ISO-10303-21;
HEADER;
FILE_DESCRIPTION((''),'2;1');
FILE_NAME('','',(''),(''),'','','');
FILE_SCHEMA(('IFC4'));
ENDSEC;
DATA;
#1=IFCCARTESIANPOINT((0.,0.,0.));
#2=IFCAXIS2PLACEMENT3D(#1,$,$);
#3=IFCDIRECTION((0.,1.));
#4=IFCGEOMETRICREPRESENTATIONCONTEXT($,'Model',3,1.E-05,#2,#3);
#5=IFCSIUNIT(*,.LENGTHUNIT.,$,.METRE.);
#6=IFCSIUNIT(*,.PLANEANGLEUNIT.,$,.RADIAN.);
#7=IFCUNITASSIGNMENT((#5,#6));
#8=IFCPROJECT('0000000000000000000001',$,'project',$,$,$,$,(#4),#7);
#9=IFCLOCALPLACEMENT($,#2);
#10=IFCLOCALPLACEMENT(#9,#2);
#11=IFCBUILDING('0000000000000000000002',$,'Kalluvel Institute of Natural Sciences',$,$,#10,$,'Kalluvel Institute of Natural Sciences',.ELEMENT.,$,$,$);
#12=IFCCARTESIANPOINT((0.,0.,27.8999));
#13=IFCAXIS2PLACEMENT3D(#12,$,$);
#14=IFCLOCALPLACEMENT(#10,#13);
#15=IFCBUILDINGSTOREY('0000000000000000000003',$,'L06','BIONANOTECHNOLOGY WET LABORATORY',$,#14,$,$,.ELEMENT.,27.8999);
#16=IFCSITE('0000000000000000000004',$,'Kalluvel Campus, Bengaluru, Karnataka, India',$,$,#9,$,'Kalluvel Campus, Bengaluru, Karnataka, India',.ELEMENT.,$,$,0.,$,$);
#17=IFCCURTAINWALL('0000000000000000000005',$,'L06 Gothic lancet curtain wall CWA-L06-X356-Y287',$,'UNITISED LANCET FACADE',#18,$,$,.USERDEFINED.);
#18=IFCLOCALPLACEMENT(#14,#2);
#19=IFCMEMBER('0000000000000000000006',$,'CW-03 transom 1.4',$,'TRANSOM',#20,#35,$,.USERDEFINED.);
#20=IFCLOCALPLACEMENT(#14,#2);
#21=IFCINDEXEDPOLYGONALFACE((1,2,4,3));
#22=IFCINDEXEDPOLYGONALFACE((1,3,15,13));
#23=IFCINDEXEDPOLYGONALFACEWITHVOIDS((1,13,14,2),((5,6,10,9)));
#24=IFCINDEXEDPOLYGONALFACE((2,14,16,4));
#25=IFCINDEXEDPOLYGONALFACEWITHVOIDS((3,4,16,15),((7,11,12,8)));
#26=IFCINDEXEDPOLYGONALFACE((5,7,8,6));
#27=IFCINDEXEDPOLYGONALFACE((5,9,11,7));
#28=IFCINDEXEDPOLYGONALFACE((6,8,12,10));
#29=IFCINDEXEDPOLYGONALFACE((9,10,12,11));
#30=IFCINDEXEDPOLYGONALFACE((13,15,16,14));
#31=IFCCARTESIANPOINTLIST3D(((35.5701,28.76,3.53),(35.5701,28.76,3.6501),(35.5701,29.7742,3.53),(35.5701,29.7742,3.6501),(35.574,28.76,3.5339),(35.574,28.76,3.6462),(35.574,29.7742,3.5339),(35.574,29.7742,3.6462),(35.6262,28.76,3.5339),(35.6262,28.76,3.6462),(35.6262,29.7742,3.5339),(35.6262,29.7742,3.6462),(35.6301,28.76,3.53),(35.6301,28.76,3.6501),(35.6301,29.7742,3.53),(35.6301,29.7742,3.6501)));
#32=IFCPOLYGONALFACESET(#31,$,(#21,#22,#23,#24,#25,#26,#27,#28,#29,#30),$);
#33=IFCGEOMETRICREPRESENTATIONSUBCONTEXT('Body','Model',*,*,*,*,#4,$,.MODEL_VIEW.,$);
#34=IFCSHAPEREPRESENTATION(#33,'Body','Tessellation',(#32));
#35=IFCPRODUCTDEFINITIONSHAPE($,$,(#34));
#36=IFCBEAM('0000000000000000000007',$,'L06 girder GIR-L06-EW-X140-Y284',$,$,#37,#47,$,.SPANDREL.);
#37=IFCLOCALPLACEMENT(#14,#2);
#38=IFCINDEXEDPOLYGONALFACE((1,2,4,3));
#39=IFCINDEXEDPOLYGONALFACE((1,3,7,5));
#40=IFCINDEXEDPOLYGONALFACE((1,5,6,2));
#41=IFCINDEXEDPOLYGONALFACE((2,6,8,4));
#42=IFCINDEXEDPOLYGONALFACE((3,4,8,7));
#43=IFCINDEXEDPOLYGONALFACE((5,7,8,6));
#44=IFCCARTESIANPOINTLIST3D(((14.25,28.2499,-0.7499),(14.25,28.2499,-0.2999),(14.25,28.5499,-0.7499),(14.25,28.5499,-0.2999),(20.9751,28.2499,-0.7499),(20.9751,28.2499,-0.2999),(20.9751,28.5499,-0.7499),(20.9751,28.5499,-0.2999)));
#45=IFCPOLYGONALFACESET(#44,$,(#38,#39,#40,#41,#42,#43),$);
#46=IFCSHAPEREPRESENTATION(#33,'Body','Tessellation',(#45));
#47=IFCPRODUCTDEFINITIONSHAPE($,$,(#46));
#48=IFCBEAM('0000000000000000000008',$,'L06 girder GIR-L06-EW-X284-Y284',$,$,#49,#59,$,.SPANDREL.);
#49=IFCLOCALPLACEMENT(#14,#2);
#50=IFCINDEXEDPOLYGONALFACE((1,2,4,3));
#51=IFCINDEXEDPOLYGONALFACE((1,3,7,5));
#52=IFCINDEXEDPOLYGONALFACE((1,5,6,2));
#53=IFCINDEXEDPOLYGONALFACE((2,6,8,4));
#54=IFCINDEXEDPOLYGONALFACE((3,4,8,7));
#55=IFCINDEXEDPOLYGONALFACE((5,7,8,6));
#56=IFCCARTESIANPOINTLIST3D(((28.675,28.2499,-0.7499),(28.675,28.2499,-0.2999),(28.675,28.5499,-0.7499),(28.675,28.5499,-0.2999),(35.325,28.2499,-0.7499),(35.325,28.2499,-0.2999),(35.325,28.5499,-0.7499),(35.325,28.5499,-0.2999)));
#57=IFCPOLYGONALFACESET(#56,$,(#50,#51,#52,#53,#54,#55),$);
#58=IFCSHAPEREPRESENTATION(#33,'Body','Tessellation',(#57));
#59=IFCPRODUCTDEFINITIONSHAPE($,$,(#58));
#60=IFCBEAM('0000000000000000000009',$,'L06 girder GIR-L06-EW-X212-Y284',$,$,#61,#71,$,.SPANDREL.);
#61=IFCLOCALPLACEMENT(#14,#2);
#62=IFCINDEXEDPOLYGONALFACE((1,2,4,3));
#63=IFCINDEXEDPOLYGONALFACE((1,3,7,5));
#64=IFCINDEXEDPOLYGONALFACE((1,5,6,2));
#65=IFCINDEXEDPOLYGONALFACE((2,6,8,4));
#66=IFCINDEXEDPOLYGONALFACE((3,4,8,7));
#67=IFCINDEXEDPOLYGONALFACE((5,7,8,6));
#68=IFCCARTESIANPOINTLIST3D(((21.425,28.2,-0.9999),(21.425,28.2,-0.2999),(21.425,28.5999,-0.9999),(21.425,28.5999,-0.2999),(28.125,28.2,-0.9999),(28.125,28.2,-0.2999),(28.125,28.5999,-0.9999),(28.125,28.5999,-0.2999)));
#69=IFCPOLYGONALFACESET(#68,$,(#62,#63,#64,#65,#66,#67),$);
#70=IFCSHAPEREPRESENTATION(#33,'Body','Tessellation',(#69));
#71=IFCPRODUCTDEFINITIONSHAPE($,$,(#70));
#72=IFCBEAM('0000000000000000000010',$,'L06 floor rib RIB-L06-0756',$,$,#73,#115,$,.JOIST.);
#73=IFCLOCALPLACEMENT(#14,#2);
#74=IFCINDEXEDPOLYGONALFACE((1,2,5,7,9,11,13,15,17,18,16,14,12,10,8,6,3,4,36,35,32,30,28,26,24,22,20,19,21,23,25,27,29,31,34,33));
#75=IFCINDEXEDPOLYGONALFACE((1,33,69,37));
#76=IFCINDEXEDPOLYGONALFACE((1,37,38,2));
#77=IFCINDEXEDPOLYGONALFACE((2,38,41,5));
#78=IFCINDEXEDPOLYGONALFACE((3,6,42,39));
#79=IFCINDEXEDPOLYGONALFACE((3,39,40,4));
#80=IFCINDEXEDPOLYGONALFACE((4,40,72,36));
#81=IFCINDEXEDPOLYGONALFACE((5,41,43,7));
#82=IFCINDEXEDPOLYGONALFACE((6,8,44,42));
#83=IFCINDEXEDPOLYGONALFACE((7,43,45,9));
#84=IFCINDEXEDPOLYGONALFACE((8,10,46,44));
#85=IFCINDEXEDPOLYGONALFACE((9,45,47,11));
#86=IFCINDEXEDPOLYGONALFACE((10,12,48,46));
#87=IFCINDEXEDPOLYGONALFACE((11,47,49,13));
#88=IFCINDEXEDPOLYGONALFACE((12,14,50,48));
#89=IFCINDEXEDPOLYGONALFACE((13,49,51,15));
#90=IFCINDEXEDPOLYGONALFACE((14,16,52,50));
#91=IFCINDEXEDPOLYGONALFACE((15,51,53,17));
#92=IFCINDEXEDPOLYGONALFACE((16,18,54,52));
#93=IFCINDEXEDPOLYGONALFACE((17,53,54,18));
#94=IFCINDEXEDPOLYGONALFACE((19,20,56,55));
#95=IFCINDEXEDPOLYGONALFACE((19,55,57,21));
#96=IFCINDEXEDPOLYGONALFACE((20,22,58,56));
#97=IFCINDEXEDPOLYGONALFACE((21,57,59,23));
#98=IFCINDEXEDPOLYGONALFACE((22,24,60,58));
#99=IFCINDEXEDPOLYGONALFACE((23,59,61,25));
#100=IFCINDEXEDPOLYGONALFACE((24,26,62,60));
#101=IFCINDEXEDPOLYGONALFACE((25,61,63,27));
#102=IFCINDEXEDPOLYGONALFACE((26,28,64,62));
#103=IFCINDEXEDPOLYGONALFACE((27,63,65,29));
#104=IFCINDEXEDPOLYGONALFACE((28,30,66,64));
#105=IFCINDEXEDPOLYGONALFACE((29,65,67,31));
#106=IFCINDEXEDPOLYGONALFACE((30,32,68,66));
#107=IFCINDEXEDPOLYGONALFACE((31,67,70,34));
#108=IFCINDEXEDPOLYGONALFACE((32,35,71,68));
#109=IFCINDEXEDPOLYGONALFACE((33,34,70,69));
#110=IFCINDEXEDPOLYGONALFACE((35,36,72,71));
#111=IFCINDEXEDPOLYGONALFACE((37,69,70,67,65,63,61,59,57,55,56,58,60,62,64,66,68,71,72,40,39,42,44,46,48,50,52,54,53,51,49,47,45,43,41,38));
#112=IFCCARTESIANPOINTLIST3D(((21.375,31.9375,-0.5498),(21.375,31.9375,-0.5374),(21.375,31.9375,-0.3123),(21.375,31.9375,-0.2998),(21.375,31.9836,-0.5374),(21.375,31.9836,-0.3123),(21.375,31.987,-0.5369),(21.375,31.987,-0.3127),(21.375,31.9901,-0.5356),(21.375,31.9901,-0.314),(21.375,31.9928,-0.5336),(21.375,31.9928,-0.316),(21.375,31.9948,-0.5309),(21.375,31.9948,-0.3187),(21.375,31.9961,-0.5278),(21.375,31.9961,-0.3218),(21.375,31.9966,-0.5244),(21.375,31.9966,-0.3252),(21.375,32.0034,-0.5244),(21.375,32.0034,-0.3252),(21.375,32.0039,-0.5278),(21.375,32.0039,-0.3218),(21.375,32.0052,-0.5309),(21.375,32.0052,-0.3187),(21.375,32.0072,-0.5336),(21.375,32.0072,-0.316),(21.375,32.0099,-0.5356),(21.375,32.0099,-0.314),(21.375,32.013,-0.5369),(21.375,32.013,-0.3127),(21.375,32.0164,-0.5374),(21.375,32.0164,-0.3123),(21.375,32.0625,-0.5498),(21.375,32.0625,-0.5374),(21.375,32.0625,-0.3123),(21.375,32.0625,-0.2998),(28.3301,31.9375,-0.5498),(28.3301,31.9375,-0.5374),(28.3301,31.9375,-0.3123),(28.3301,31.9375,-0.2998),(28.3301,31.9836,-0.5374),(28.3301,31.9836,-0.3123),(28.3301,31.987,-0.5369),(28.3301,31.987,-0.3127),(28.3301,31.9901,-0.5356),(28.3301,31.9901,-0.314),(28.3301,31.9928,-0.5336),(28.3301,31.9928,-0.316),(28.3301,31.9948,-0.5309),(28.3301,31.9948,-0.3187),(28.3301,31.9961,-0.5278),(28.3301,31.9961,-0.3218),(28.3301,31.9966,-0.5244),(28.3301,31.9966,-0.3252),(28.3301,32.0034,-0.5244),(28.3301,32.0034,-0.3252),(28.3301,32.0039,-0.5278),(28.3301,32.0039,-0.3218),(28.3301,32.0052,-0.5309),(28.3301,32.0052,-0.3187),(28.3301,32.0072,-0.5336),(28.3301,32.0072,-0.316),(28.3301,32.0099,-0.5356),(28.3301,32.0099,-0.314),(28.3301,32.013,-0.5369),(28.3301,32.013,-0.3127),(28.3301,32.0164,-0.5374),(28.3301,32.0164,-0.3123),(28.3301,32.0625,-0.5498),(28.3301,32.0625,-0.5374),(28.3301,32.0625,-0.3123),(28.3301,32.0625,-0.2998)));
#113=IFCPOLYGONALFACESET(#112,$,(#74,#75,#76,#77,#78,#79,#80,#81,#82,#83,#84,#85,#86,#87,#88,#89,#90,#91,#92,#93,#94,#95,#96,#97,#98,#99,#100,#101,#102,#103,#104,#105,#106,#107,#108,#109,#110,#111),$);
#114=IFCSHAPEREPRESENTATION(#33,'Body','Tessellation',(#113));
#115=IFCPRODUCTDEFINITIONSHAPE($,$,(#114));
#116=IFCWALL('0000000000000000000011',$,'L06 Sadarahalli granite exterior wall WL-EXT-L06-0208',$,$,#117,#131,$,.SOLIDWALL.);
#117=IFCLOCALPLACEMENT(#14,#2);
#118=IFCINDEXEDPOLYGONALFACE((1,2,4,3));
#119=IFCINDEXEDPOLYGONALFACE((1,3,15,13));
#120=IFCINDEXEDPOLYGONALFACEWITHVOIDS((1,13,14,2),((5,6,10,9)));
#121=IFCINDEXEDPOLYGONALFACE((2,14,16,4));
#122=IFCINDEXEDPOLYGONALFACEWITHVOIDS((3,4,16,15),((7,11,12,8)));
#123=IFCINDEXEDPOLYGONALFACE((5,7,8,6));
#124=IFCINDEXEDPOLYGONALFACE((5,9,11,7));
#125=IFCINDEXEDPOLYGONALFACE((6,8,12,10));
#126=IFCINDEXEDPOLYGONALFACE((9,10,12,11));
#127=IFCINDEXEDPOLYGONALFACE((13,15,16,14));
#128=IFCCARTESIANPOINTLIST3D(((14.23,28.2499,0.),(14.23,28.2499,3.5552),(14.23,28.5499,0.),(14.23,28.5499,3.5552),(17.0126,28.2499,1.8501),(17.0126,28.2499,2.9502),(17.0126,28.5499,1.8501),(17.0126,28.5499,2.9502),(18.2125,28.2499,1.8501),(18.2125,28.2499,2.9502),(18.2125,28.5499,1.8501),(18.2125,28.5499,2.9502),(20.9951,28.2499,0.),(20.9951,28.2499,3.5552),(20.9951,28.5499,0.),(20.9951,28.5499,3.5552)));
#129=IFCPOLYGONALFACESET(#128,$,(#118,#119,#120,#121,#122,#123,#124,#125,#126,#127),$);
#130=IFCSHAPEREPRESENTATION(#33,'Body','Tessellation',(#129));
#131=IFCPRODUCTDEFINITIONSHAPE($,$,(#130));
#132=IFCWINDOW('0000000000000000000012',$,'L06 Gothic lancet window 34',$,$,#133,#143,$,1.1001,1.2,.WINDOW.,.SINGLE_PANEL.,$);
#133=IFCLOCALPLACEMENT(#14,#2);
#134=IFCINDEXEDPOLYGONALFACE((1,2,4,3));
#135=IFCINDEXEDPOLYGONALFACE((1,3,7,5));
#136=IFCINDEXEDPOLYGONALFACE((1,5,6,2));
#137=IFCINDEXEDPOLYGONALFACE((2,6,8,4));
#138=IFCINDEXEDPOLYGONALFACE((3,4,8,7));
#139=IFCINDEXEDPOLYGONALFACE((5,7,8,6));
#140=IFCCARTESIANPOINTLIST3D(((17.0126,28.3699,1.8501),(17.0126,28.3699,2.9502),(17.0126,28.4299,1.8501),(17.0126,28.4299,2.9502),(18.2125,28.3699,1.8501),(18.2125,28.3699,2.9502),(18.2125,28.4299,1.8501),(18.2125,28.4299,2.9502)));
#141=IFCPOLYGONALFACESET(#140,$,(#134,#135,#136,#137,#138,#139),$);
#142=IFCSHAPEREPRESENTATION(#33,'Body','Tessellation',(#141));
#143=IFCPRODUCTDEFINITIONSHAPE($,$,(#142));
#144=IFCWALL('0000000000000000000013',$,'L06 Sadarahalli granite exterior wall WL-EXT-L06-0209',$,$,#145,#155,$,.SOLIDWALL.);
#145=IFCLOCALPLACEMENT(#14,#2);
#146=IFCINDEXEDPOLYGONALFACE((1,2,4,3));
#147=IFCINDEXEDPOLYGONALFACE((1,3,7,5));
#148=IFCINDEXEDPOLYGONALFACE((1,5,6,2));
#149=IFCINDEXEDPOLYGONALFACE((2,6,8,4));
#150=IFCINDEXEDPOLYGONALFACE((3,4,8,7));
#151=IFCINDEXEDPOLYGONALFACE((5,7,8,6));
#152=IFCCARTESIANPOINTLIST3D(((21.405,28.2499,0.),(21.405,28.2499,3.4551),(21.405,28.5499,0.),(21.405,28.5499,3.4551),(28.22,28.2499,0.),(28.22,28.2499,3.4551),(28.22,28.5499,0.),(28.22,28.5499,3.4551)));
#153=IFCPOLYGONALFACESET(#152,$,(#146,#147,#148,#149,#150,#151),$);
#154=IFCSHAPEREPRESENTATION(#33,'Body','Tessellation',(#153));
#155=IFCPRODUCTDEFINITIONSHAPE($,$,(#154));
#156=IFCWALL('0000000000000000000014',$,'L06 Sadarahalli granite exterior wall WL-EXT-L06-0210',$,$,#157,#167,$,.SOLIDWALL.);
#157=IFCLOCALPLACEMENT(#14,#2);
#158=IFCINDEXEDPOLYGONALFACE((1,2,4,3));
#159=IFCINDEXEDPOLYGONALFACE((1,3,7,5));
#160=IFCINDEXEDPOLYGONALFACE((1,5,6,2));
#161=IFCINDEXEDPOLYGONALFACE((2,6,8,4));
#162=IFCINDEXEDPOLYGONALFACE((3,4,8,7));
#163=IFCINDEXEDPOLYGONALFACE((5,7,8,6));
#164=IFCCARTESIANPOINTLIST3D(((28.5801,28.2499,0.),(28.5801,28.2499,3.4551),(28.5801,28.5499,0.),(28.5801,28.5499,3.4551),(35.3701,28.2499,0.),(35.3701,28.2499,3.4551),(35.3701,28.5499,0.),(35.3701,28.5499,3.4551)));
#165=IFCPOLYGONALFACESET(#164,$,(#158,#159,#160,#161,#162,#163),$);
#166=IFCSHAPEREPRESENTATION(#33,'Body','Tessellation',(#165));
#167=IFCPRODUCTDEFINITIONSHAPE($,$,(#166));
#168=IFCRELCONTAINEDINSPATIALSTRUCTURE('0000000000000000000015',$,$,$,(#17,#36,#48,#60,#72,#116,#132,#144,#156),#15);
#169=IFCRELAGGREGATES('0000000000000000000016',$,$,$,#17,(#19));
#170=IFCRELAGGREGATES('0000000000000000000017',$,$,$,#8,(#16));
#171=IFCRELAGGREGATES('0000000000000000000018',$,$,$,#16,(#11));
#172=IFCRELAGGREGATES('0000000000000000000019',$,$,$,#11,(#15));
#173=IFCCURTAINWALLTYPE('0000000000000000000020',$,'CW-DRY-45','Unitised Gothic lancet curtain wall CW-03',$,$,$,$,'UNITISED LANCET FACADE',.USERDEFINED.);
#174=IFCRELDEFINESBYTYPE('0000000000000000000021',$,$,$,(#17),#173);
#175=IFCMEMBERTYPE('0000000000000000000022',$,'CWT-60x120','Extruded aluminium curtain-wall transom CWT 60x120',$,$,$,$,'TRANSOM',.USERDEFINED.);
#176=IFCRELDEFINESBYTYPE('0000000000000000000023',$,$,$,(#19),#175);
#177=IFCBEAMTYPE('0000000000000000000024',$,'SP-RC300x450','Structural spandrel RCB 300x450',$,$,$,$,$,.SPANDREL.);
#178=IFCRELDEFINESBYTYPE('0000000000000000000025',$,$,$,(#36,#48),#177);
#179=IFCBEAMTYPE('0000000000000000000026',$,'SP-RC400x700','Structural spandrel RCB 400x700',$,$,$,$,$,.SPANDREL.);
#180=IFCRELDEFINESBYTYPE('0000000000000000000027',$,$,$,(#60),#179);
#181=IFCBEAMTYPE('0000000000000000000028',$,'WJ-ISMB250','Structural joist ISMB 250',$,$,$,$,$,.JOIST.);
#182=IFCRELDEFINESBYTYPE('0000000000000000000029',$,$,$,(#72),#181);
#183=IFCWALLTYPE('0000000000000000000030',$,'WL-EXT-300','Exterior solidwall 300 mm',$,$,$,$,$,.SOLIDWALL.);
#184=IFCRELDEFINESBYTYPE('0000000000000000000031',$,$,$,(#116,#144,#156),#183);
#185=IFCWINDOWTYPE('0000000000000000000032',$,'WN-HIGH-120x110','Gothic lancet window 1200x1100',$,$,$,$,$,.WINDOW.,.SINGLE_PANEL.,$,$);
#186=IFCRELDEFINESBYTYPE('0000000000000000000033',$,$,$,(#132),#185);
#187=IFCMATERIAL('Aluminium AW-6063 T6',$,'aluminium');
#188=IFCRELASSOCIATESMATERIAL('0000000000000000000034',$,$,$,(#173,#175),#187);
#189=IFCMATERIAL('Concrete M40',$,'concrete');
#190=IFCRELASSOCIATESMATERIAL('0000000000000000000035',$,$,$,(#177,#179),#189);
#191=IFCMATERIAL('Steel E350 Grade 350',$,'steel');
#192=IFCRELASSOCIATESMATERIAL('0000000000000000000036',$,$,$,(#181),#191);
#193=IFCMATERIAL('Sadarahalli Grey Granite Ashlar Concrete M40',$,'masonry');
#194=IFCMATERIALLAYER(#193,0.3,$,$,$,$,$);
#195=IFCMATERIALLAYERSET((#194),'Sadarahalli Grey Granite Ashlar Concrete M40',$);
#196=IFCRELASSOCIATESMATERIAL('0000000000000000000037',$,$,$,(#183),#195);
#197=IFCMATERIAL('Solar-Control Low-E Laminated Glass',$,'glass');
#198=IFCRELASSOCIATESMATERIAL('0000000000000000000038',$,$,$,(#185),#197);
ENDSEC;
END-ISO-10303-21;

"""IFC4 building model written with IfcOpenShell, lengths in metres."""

from ifc_helpers import new_model, si_unit, direction, frame, frame_2d, origin, origin_2d, place, context, subcontext, project, spatial, rectangle, hollow_rectangle, i_section, extrude, material, layer, layer_set, material_profile, profile_set, type_object, element, fill, aggregate, save


model = new_model("IFC4")

# Units and contexts
model_context = context("Model", 3, precision=1e-05, world=origin(), true_north=direction((0.0, 1.0)))
body_context = subcontext(model_context, "Body", "Model", "MODEL_VIEW")
ifc_project = project(units=[si_unit("LENGTHUNIT", "METRE"), si_unit("PLANEANGLEUNIT", "RADIAN")], contexts=[model_context])

# Site, building, storey
site_placement = place(None, origin())
site = spatial("IfcSite", under=ifc_project, at=site_placement, Name="Kalluvel Campus, Bengaluru, Karnataka, India", LongName="Kalluvel Campus, Bengaluru, Karnataka, India", CompositionType="ELEMENT", RefElevation=0.0)
building_placement = place(site_placement, origin())
building = spatial("IfcBuilding", under=site, at=building_placement, Name="Kalluvel Institute of Natural Sciences", LongName="Kalluvel Institute of Natural Sciences", CompositionType="ELEMENT")
storey_placement = place(building_placement, frame((0.0, 0.0, 27.8999)))
storey = spatial("IfcBuildingStorey", under=building, at=storey_placement, Name="L06", Description="BIONANOTECHNOLOGY WET LABORATORY", CompositionType="ELEMENT", Elevation=27.8999)

# Shared definitions
ifc_material_1 = material(Name="Concrete M40", Category="concrete")

# Shared definitions
ifc_material_2 = material(Name="Steel E350 Grade 350", Category="steel")

# Curtain wall, member
ifc_material_3 = material(Name="Aluminium AW-6063 T6", Category="aluminium")
curtain_wall_type = type_object("IfcCurtainWallType", Name="CW-DRY-45", Description="Unitised Gothic lancet curtain wall CW-03", ElementType="UNITISED LANCET FACADE", PredefinedType="USERDEFINED", material=ifc_material_3)
curtain_wall_placement = place(storey_placement, origin())
curtain_wall = element("IfcCurtainWall", 1, at=curtain_wall_placement, inside=storey, type_object=curtain_wall_type, Name="L06 Gothic lancet curtain wall CWA-L06-X356-Y287", ObjectType="UNITISED LANCET FACADE", PredefinedType="USERDEFINED")
ifc_material_profile_1 = material_profile(ifc_material_3, hollow_rectangle(XDim=0.0601, YDim=0.1201, WallThickness=0.0039, at=origin_2d()), Name="CWT 60x120")
ifc_profile_set_1 = profile_set([ifc_material_profile_1], Name="Aluminium AW-6063 T6")
member_type_1 = type_object("IfcMemberType", Name="CWT-60x120", Description="Extruded aluminium curtain-wall transom CWT 60x120", ElementType="TRANSOM", PredefinedType="USERDEFINED", material=ifc_profile_set_1)
member_1_placement = place(storey_placement, frame((35.6001, 28.76, 3.5901), z_axis=(0.0, 1.0, 0.0), x_axis=(-1.0, 0.0, 0.0)))
member_1 = element("IfcMember", 2, at=member_1_placement, type_object=member_type_1, Name="CW-03 transom 1.4", ObjectType="TRANSOM", PredefinedType="USERDEFINED", context=body_context, shape_type="SweptSolid", body=[
    extrude(hollow_rectangle(XDim=0.0601, YDim=0.1201, WallThickness=0.0039, at=origin_2d()), origin(), (0.0, 0.0, 1.0), 1.0142),
])
aggregate(curtain_wall, [member_1])

# Beams
ifc_material_profile_2 = material_profile(ifc_material_1, rectangle(XDim=0.3, YDim=0.45, at=origin_2d()), Name="RCB 300x450")
ifc_profile_set_2 = profile_set([ifc_material_profile_2], Name="Concrete M40")
beam_type_1 = type_object("IfcBeamType", Name="SP-RC300x450", Description="Structural spandrel RCB 300x450", PredefinedType="SPANDREL", material=ifc_profile_set_2)
beam_1_placement = place(storey_placement, frame((14.25, 28.3999, -0.5249), z_axis=(1.0, 0.0, 0.0), x_axis=(0.0, 1.0, 0.0)))
element("IfcBeam", 3, at=beam_1_placement, inside=storey, type_object=beam_type_1, Name="L06 girder GIR-L06-EW-X140-Y284", PredefinedType="SPANDREL", context=body_context, shape_type="SweptSolid", body=[
    extrude(rectangle(XDim=0.3, YDim=0.45, at=origin_2d()), origin(), (0.0, 0.0, 1.0), 6.7251),
])
beam_2_placement = place(storey_placement, frame((28.675, 28.3999, -0.5249), z_axis=(1.0, 0.0, 0.0), x_axis=(0.0, 1.0, 0.0)))
element("IfcBeam", 4, at=beam_2_placement, inside=storey, type_object=beam_type_1, Name="L06 girder GIR-L06-EW-X284-Y284", PredefinedType="SPANDREL", context=body_context, shape_type="SweptSolid", body=[
    extrude(rectangle(XDim=0.3, YDim=0.45, at=origin_2d()), origin(), (0.0, 0.0, 1.0), 6.6499),
])
ifc_material_profile_3 = material_profile(ifc_material_1, rectangle(XDim=0.3999, YDim=0.7, at=origin_2d()), Name="RCB 400x700")
ifc_profile_set_3 = profile_set([ifc_material_profile_3], Name="Concrete M40")
beam_type_2 = type_object("IfcBeamType", Name="SP-RC400x700", Description="Structural spandrel RCB 400x700", PredefinedType="SPANDREL", material=ifc_profile_set_3)
beam_3_placement = place(storey_placement, frame((21.425, 28.3999, -0.6499), z_axis=(1.0, 0.0, 0.0), x_axis=(0.0, 1.0, 0.0)))
element("IfcBeam", 5, at=beam_3_placement, inside=storey, type_object=beam_type_2, Name="L06 girder GIR-L06-EW-X212-Y284", PredefinedType="SPANDREL", context=body_context, shape_type="SweptSolid", body=[
    extrude(rectangle(XDim=0.3999, YDim=0.7, at=origin_2d()), origin(), (0.0, 0.0, 1.0), 6.7),
])
ifc_material_profile_4 = material_profile(ifc_material_2, i_section(OverallWidth=0.125, OverallDepth=0.25, WebThickness=0.0068, FlangeThickness=0.0125, FilletRadius=0.0129, at=origin_2d()), Name="ISMB 250")
ifc_profile_set_4 = profile_set([ifc_material_profile_4], Name="Steel E350 Grade 350")
beam_type_3 = type_object("IfcBeamType", Name="WJ-ISMB250", Description="Structural joist ISMB 250", PredefinedType="JOIST", material=ifc_profile_set_4)
beam_4_placement = place(storey_placement, frame((21.375, 32.0, -0.4248), z_axis=(1.0, 0.0, 0.0), x_axis=(0.0, 1.0, 0.0)))
element("IfcBeam", 6, at=beam_4_placement, inside=storey, type_object=beam_type_3, Name="L06 floor rib RIB-L06-0756", PredefinedType="JOIST", context=body_context, shape_type="SweptSolid", body=[
    extrude(i_section(OverallWidth=0.125, OverallDepth=0.25, WebThickness=0.0068, FlangeThickness=0.0125, FilletRadius=0.0129, at=origin_2d()), origin(), (0.0, 0.0, 1.0), 6.9551),
])

# Wall, opening, window
ifc_material_4 = material(Name="Sadarahalli Grey Granite Ashlar Concrete M40", Category="masonry")
ifc_layer_1 = layer(ifc_material_4, 0.3)
ifc_layer_set_1 = layer_set([ifc_layer_1], Name="Sadarahalli Grey Granite Ashlar Concrete M40")
wall_type_1 = type_object("IfcWallType", Name="WL-EXT-300", Description="Exterior solidwall 300 mm", PredefinedType="SOLIDWALL", material=ifc_layer_set_1)
wall_1_placement = place(storey_placement, frame((14.23, 28.3999, 0.0), z_axis=(0.0, 0.0, 1.0), x_axis=(1.0, 0.0, 0.0)))
wall_1 = element("IfcWall", 7, at=wall_1_placement, inside=storey, type_object=wall_type_1, Name="L06 Sadarahalli granite exterior wall WL-EXT-L06-0208", PredefinedType="SOLIDWALL", context=body_context, shape_type="SweptSolid", body=[
    extrude(rectangle(XDim=6.7651, YDim=0.3, at=frame_2d((3.3826, 0.0))), origin(), (0.0, 0.0, 1.0), 3.5552),
])
opening_1_placement = place(wall_1_placement, frame((2.7825, 0.0, 1.8501)))
opening_1 = element("IfcOpeningElement", 8, at=opening_1_placement, cuts=wall_1, PredefinedType="OPENING", context=body_context, shape_type="SweptSolid", body=[
    extrude(rectangle(XDim=1.2, YDim=1.1001, at=frame_2d((0.6001, 0.55))), frame((0.0, 0.1599, 0.0), z_axis=(0.0, -1.0, 0.0), x_axis=(1.0, 0.0, 0.0)), (0.0, 0.0, 1.0), 0.3201),
])
ifc_material_5 = material(Name="Solar-Control Low-E Laminated Glass", Category="glass")
window_type = type_object("IfcWindowType", Name="WN-HIGH-120x110", Description="Gothic lancet window 1200x1100", PartitioningType="SINGLE_PANEL", PredefinedType="WINDOW", material=ifc_material_5)
window_placement = place(opening_1_placement, origin())
window = element("IfcWindow", 9, at=window_placement, inside=storey, type_object=window_type, Name="L06 Gothic lancet window 34", OverallHeight=1.1001, OverallWidth=1.2, PartitioningType="SINGLE_PANEL", PredefinedType="WINDOW", context=body_context, shape_type="SweptSolid", body=[
    extrude(rectangle(XDim=1.2, YDim=1.1001, at=frame_2d((0.6001, 0.55))), frame((0.0, 0.03, 0.0), z_axis=(0.0, -1.0, 0.0), x_axis=(1.0, 0.0, 0.0)), (0.0, 0.0, 1.0), 0.0601),
])
fill(opening_1, window)

# Walls
wall_2_placement = place(storey_placement, frame((21.405, 28.3999, 0.0), z_axis=(0.0, 0.0, 1.0), x_axis=(1.0, 0.0, 0.0)))
element("IfcWall", 10, at=wall_2_placement, inside=storey, type_object=wall_type_1, Name="L06 Sadarahalli granite exterior wall WL-EXT-L06-0209", PredefinedType="SOLIDWALL", context=body_context, shape_type="SweptSolid", body=[
    extrude(rectangle(XDim=6.8149, YDim=0.3, at=frame_2d((3.4075, 0.0))), origin(), (0.0, 0.0, 1.0), 3.4551),
])
wall_3_placement = place(storey_placement, frame((28.5801, 28.3999, 0.0), z_axis=(0.0, 0.0, 1.0), x_axis=(1.0, 0.0, 0.0)))
element("IfcWall", 11, at=wall_3_placement, inside=storey, type_object=wall_type_1, Name="L06 Sadarahalli granite exterior wall WL-EXT-L06-0210", PredefinedType="SOLIDWALL", context=body_context, shape_type="SweptSolid", body=[
    extrude(rectangle(XDim=6.79, YDim=0.3, at=frame_2d((3.395, 0.0))), origin(), (0.0, 0.0, 1.0), 3.4551),
])

save(model, "model.ifc")
